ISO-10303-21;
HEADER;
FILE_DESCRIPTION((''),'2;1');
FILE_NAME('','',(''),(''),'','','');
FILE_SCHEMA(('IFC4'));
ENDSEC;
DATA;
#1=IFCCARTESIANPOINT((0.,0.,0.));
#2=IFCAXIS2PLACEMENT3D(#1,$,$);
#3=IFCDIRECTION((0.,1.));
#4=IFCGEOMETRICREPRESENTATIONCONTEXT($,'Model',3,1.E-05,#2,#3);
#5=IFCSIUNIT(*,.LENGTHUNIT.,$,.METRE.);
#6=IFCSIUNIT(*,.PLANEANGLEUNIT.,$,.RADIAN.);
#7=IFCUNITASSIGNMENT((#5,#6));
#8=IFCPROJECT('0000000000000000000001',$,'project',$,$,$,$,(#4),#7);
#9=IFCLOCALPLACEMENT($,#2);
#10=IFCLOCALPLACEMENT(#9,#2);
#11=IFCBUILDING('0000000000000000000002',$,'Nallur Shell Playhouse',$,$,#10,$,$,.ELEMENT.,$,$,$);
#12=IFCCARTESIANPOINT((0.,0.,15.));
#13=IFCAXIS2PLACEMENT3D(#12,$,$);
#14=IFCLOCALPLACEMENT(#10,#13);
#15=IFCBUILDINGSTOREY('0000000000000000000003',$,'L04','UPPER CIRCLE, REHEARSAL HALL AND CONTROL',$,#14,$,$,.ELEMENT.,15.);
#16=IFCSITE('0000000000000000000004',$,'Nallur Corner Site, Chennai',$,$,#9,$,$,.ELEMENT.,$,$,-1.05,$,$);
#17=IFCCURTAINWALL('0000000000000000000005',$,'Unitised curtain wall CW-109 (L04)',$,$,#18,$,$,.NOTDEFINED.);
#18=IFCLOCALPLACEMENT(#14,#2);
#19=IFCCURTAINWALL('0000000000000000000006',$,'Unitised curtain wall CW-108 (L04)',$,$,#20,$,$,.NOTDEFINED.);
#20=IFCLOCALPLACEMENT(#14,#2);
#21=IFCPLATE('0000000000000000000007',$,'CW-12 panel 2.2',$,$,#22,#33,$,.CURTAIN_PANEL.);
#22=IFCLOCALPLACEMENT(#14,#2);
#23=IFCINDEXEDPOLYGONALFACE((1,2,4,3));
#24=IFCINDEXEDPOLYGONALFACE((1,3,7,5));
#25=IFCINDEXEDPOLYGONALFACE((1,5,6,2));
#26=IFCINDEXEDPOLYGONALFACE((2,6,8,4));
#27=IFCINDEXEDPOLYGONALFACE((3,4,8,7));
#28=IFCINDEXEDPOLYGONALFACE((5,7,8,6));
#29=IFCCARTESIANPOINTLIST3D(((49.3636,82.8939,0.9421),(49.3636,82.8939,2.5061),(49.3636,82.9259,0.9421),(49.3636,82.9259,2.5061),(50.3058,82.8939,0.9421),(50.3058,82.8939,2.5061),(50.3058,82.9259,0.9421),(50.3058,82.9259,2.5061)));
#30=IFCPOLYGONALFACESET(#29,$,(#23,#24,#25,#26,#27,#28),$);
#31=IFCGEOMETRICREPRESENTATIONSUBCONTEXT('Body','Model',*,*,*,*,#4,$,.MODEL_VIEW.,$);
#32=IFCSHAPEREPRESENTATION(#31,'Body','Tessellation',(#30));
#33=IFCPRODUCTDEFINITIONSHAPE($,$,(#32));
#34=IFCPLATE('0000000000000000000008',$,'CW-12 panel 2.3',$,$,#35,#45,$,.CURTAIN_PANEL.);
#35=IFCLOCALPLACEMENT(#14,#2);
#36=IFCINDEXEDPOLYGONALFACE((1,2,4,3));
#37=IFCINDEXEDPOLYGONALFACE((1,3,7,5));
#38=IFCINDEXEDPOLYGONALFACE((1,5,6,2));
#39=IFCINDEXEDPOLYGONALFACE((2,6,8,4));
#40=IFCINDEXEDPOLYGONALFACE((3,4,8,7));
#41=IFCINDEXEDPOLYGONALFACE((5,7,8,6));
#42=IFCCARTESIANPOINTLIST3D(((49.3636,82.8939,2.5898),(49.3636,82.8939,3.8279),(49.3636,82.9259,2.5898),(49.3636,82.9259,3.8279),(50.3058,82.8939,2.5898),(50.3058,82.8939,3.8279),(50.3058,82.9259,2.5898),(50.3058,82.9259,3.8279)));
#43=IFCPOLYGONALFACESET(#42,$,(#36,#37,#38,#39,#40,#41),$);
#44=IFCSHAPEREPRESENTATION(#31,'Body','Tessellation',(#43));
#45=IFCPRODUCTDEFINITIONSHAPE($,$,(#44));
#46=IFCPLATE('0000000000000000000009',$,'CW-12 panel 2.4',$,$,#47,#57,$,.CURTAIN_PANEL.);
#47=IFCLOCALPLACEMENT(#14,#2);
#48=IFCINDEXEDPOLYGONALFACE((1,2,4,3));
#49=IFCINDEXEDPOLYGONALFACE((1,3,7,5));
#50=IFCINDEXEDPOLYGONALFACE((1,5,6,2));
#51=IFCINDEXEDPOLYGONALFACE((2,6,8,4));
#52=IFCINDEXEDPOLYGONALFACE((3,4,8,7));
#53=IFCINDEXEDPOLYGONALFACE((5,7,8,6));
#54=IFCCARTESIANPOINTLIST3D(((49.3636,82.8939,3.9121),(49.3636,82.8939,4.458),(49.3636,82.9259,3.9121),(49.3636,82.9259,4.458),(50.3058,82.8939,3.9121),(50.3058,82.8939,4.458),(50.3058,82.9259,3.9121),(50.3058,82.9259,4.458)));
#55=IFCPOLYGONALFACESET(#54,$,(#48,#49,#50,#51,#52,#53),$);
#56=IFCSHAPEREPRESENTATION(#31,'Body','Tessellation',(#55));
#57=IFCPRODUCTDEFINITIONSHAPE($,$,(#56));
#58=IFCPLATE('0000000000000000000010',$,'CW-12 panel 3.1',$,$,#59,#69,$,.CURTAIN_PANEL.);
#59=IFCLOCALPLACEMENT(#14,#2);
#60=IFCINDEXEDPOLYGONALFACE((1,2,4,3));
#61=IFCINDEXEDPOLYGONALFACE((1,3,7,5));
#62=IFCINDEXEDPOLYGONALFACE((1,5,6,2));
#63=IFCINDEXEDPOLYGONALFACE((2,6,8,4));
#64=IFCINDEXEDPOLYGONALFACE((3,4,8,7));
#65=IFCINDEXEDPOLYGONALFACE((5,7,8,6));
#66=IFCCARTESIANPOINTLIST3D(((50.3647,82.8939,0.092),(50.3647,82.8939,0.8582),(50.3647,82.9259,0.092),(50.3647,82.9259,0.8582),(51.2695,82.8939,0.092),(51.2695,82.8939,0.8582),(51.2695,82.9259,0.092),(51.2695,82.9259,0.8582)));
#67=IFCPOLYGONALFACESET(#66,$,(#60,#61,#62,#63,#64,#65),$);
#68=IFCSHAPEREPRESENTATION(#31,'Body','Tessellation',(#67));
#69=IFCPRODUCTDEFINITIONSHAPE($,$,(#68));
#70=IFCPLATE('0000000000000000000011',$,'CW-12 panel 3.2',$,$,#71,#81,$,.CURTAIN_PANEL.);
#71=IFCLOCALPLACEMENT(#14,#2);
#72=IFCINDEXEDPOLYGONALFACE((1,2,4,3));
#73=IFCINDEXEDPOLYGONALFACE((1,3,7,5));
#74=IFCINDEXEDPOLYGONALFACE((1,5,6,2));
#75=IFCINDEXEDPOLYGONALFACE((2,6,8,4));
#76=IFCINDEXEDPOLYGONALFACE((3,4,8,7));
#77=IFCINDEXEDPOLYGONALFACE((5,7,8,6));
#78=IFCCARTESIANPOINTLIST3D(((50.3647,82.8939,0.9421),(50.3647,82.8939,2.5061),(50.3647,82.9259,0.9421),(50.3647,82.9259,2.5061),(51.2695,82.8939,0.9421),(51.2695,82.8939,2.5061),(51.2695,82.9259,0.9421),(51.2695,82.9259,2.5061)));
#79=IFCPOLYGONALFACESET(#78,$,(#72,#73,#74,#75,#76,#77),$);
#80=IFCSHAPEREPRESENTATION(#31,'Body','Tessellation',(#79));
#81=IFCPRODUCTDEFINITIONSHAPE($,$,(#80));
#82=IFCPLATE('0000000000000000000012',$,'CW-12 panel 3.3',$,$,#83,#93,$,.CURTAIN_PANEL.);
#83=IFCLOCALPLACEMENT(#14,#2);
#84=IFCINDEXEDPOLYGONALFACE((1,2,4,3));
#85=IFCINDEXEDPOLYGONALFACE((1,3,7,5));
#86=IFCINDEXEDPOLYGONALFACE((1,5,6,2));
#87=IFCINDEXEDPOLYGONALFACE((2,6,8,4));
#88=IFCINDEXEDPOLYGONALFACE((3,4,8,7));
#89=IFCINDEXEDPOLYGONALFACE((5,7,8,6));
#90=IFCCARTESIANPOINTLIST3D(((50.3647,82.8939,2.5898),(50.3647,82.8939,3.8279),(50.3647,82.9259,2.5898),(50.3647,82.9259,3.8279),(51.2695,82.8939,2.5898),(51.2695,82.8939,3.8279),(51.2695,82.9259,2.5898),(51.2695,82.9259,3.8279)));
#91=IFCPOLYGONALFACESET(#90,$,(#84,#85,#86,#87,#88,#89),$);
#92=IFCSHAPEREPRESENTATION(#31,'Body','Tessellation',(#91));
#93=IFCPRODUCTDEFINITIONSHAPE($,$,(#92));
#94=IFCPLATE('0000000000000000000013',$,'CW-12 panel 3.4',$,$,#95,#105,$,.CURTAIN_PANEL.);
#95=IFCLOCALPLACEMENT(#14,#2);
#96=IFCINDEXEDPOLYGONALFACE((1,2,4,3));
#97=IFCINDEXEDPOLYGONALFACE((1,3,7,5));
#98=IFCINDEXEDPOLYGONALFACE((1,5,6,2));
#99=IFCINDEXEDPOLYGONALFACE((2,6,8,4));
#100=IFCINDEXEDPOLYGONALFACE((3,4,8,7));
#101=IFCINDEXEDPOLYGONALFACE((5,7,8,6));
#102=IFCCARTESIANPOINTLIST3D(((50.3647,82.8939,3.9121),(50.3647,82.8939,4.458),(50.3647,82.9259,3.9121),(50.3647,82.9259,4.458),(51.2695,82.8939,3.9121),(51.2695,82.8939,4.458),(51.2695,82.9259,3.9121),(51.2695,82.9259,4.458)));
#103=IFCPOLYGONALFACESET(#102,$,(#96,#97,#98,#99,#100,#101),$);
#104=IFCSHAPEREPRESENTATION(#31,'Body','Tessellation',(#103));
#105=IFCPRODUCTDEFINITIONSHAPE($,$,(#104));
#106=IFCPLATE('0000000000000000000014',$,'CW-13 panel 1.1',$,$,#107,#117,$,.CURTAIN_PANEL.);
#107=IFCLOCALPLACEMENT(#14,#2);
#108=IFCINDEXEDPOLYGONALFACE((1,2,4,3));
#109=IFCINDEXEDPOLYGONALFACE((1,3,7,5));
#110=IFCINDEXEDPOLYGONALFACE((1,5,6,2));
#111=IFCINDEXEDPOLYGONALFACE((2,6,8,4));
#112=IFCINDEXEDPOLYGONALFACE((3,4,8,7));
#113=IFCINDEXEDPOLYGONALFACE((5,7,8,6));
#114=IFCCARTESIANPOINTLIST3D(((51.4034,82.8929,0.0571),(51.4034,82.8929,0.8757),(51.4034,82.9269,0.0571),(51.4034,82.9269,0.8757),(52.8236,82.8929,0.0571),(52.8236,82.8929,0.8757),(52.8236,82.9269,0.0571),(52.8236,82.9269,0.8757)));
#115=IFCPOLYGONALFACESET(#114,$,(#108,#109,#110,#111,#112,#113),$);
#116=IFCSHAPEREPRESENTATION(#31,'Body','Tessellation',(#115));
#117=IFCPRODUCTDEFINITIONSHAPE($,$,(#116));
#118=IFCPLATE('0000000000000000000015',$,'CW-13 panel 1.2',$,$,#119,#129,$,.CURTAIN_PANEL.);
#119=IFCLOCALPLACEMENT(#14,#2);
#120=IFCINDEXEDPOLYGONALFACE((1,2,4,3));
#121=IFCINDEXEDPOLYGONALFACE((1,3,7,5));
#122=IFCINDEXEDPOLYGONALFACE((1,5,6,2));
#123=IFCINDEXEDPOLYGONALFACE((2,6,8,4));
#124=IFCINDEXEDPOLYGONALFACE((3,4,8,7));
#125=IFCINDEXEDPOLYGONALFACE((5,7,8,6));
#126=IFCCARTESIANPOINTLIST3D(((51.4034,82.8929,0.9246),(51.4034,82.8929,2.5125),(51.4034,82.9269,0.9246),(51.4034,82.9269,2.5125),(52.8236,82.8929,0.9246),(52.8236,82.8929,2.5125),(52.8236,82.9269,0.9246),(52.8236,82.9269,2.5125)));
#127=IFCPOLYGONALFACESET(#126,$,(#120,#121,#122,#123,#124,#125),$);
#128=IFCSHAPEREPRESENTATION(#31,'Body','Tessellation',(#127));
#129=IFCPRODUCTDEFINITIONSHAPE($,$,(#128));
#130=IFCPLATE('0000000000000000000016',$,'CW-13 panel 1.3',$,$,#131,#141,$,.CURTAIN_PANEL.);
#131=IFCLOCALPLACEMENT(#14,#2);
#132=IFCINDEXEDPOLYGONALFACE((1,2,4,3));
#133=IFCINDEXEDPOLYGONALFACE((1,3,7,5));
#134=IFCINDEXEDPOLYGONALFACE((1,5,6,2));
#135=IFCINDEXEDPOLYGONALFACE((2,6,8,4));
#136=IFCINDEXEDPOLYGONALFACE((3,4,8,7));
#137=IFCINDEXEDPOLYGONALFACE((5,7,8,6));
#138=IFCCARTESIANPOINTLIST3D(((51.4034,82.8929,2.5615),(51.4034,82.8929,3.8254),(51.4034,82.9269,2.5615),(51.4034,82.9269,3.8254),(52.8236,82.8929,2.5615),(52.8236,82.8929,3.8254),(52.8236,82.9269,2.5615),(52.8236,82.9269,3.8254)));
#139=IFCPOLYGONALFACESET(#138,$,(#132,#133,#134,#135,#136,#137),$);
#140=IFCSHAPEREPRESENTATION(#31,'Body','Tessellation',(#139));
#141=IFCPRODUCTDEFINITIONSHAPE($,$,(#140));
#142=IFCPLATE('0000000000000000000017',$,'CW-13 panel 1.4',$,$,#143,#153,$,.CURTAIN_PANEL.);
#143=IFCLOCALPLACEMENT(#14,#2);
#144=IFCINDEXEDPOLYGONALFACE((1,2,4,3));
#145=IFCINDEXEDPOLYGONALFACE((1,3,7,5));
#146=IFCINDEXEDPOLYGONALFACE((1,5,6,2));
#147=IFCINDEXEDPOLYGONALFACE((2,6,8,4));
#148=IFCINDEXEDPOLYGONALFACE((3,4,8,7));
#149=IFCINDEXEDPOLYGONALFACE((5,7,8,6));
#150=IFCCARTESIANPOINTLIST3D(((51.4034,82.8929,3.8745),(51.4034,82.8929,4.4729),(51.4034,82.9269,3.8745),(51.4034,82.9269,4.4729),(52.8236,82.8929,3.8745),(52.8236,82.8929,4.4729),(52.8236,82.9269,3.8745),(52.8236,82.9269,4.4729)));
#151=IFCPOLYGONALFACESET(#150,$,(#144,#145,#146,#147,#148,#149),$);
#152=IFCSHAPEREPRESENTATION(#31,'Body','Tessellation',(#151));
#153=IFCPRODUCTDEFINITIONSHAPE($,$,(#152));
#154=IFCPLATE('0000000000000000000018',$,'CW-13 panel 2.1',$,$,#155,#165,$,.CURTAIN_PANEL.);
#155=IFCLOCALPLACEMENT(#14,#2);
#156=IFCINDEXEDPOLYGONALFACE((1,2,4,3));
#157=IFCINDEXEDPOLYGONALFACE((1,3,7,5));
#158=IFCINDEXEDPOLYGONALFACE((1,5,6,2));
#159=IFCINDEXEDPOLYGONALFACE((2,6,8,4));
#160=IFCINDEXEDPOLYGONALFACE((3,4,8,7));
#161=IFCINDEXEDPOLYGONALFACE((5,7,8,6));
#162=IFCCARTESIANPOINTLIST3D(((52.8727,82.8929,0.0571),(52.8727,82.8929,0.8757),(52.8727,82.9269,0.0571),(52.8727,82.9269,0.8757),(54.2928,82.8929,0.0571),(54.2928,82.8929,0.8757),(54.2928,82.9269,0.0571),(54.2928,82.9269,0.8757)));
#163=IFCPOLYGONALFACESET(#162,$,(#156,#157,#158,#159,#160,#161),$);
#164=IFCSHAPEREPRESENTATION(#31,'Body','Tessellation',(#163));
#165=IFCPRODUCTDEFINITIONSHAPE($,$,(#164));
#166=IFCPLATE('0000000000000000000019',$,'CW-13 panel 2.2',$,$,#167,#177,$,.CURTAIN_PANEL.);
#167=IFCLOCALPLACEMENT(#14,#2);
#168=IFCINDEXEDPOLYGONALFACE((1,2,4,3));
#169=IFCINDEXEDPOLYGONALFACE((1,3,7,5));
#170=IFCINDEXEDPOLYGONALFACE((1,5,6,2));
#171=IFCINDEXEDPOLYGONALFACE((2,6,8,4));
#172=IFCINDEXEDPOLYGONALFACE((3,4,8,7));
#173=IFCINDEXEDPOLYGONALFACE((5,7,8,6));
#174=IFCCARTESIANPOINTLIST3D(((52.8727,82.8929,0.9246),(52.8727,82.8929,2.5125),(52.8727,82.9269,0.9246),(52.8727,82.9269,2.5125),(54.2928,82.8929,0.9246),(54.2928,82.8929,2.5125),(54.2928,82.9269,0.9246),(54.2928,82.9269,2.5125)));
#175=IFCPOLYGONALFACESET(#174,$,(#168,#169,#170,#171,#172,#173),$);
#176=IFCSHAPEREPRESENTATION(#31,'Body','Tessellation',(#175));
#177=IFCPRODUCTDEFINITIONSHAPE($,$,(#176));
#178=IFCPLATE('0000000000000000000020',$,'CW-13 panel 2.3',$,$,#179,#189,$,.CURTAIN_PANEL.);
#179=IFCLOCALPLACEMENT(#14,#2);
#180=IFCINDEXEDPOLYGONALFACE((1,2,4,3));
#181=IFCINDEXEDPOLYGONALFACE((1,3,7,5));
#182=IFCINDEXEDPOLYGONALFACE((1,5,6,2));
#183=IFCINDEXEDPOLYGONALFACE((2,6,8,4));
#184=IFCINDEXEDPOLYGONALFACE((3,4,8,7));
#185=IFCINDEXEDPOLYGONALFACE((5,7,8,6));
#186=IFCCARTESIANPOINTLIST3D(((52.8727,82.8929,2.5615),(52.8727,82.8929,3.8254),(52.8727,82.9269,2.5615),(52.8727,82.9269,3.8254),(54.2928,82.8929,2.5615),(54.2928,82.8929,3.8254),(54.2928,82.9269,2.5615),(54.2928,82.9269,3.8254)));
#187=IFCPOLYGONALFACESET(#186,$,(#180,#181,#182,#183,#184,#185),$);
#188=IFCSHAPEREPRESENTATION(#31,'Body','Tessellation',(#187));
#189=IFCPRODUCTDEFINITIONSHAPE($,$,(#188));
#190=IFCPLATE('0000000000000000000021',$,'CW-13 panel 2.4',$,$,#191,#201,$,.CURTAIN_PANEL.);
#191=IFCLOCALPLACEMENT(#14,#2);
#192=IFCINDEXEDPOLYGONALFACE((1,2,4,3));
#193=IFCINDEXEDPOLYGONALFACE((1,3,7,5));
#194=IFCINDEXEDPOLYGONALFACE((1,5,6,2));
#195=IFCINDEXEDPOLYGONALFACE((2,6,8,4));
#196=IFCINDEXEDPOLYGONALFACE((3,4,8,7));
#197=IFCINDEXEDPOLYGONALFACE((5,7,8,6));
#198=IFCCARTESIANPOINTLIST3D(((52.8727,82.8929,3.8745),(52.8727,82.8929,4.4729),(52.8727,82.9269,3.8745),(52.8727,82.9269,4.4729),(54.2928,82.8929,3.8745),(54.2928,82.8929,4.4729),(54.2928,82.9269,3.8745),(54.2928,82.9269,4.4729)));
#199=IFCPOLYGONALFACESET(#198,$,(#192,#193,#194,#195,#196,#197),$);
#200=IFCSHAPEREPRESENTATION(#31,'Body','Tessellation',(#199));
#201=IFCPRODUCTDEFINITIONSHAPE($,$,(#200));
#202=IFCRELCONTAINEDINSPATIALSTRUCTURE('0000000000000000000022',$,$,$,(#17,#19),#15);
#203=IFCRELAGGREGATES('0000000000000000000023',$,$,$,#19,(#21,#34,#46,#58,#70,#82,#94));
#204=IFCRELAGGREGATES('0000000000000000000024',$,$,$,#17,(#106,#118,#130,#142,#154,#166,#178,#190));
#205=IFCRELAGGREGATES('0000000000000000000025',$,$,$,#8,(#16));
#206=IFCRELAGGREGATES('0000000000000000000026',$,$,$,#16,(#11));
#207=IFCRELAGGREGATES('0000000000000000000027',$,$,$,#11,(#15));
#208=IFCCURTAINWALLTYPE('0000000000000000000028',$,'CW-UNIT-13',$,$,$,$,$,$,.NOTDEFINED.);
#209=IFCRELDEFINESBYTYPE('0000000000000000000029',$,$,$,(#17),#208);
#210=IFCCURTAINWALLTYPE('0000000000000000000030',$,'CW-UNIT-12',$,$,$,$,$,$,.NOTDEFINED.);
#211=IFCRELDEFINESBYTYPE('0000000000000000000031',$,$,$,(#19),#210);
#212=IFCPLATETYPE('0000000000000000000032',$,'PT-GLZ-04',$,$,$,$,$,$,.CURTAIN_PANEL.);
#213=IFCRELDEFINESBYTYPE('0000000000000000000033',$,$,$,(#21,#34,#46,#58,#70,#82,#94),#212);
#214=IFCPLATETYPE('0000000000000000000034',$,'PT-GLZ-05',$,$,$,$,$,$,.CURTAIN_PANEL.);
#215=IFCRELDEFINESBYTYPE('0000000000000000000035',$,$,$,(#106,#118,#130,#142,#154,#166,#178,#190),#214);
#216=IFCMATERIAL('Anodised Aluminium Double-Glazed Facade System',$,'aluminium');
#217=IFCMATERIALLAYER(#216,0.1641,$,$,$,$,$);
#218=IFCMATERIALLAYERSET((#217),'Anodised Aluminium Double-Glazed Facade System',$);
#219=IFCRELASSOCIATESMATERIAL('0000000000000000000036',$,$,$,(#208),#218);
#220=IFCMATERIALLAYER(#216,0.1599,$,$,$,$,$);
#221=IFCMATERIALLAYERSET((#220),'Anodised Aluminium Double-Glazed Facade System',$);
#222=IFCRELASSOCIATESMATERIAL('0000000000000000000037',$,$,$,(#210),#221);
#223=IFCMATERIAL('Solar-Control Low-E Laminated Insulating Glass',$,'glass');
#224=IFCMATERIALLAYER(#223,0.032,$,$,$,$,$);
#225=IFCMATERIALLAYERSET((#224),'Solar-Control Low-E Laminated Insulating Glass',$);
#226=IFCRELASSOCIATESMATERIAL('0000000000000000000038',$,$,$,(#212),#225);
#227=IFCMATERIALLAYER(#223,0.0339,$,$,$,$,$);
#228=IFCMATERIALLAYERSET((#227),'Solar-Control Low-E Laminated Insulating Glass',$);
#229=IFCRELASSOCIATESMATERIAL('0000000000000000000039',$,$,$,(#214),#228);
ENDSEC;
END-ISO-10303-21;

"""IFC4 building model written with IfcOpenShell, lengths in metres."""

from ifc_helpers import new_model, si_unit, direction, frame, origin, origin_2d, place, context, subcontext, project, spatial, rectangle, extrude, material, layer, layer_set, type_object, element, aggregate, save


model = new_model("IFC4")

# Units and contexts
model_context = context("Model", 3, precision=1e-05, world=origin(), true_north=direction((0.0, 1.0)))
body_context = subcontext(model_context, "Body", "Model", "MODEL_VIEW")
ifc_project = project(units=[si_unit("LENGTHUNIT", "METRE"), si_unit("PLANEANGLEUNIT", "RADIAN")], contexts=[model_context])

# Site, building, storey
site_placement = place(None, origin())
site = spatial("IfcSite", under=ifc_project, at=site_placement, Name="Nallur Corner Site, Chennai", CompositionType="ELEMENT", RefElevation=-1.05)
building_placement = place(site_placement, origin())
building = spatial("IfcBuilding", under=site, at=building_placement, Name="Nallur Shell Playhouse", CompositionType="ELEMENT")
storey_placement = place(building_placement, frame((0.0, 0.0, 15.0)))
storey = spatial("IfcBuildingStorey", under=building, at=storey_placement, Name="L04", Description="UPPER CIRCLE, REHEARSAL HALL AND CONTROL", CompositionType="ELEMENT", Elevation=15.0)

# Curtain walls
ifc_material_1 = material(Name="Anodised Aluminium Double-Glazed Facade System", Category="aluminium")
ifc_layer_1 = layer(ifc_material_1, 0.1641)
ifc_layer_set_1 = layer_set([ifc_layer_1], Name="Anodised Aluminium Double-Glazed Facade System")
curtain_wall_type_1 = type_object("IfcCurtainWallType", Name="CW-UNIT-13", PredefinedType="NOTDEFINED", material=ifc_layer_set_1)
curtain_wall_1_placement = place(storey_placement, origin())
curtain_wall_1 = element("IfcCurtainWall", 1, at=curtain_wall_1_placement, inside=storey, type_object=curtain_wall_type_1, Name="Unitised curtain wall CW-109 (L04)", PredefinedType="NOTDEFINED")
ifc_layer_2 = layer(ifc_material_1, 0.1599)
ifc_layer_set_2 = layer_set([ifc_layer_2], Name="Anodised Aluminium Double-Glazed Facade System")
curtain_wall_type_2 = type_object("IfcCurtainWallType", Name="CW-UNIT-12", PredefinedType="NOTDEFINED", material=ifc_layer_set_2)
curtain_wall_2_placement = place(storey_placement, origin())
curtain_wall_2 = element("IfcCurtainWall", 2, at=curtain_wall_2_placement, inside=storey, type_object=curtain_wall_type_2, Name="Unitised curtain wall CW-108 (L04)", PredefinedType="NOTDEFINED")

# Plates
ifc_material_2 = material(Name="Solar-Control Low-E Laminated Insulating Glass", Category="glass")
ifc_layer_3 = layer(ifc_material_2, 0.032)
ifc_layer_set_3 = layer_set([ifc_layer_3], Name="Solar-Control Low-E Laminated Insulating Glass")
plate_type_1 = type_object("IfcPlateType", Name="PT-GLZ-04", PredefinedType="CURTAIN_PANEL", material=ifc_layer_set_3)
plate_1_placement = place(storey_placement, frame((49.8347, 82.9099, 0.9421), z_axis=(0.0, 0.0, 1.0), x_axis=(1.0, 0.0, 0.0)))
plate_1 = element("IfcPlate", 3, at=plate_1_placement, type_object=plate_type_1, Name="CW-12 panel 2.2", PredefinedType="CURTAIN_PANEL", context=body_context, shape_type="SweptSolid", body=[
    extrude(rectangle(XDim=0.9421, YDim=0.032, at=origin_2d()), origin(), (0.0, 0.0, 1.0), 1.564),
])
plate_2_placement = place(storey_placement, frame((49.8347, 82.9099, 2.5898), z_axis=(0.0, 0.0, 1.0), x_axis=(1.0, 0.0, 0.0)))
plate_2 = element("IfcPlate", 4, at=plate_2_placement, type_object=plate_type_1, Name="CW-12 panel 2.3", PredefinedType="CURTAIN_PANEL", context=body_context, shape_type="SweptSolid", body=[
    extrude(rectangle(XDim=0.9421, YDim=0.032, at=origin_2d()), origin(), (0.0, 0.0, 1.0), 1.238),
])
plate_3_placement = place(storey_placement, frame((49.8347, 82.9099, 3.9121), z_axis=(0.0, 0.0, 1.0), x_axis=(1.0, 0.0, 0.0)))
plate_3 = element("IfcPlate", 5, at=plate_3_placement, type_object=plate_type_1, Name="CW-12 panel 2.4", PredefinedType="CURTAIN_PANEL", context=body_context, shape_type="SweptSolid", body=[
    extrude(rectangle(XDim=0.9421, YDim=0.032, at=origin_2d()), origin(), (0.0, 0.0, 1.0), 0.5459),
])
plate_4_placement = place(storey_placement, frame((50.8171, 82.9099, 0.092), z_axis=(0.0, 0.0, 1.0), x_axis=(1.0, 0.0, 0.0)))
plate_4 = element("IfcPlate", 6, at=plate_4_placement, type_object=plate_type_1, Name="CW-12 panel 3.1", PredefinedType="CURTAIN_PANEL", context=body_context, shape_type="SweptSolid", body=[
    extrude(rectangle(XDim=0.9048, YDim=0.032, at=origin_2d()), origin(), (0.0, 0.0, 1.0), 0.7661),
])
plate_5_placement = place(storey_placement, frame((50.8171, 82.9099, 0.9421), z_axis=(0.0, 0.0, 1.0), x_axis=(1.0, 0.0, 0.0)))
plate_5 = element("IfcPlate", 7, at=plate_5_placement, type_object=plate_type_1, Name="CW-12 panel 3.2", PredefinedType="CURTAIN_PANEL", context=body_context, shape_type="SweptSolid", body=[
    extrude(rectangle(XDim=0.9048, YDim=0.032, at=origin_2d()), origin(), (0.0, 0.0, 1.0), 1.564),
])
plate_6_placement = place(storey_placement, frame((50.8171, 82.9099, 2.5898), z_axis=(0.0, 0.0, 1.0), x_axis=(1.0, 0.0, 0.0)))
plate_6 = element("IfcPlate", 8, at=plate_6_placement, type_object=plate_type_1, Name="CW-12 panel 3.3", PredefinedType="CURTAIN_PANEL", context=body_context, shape_type="SweptSolid", body=[
    extrude(rectangle(XDim=0.9048, YDim=0.032, at=origin_2d()), origin(), (0.0, 0.0, 1.0), 1.238),
])
plate_7_placement = place(storey_placement, frame((50.8171, 82.9099, 3.9121), z_axis=(0.0, 0.0, 1.0), x_axis=(1.0, 0.0, 0.0)))
plate_7 = element("IfcPlate", 9, at=plate_7_placement, type_object=plate_type_1, Name="CW-12 panel 3.4", PredefinedType="CURTAIN_PANEL", context=body_context, shape_type="SweptSolid", body=[
    extrude(rectangle(XDim=0.9048, YDim=0.032, at=origin_2d()), origin(), (0.0, 0.0, 1.0), 0.5459),
])
aggregate(curtain_wall_2, [plate_1, plate_2, plate_3, plate_4, plate_5, plate_6, plate_7])
ifc_layer_4 = layer(ifc_material_2, 0.0339)
ifc_layer_set_4 = layer_set([ifc_layer_4], Name="Solar-Control Low-E Laminated Insulating Glass")
plate_type_2 = type_object("IfcPlateType", Name="PT-GLZ-05", PredefinedType="CURTAIN_PANEL", material=ifc_layer_set_4)
plate_8_placement = place(storey_placement, frame((52.1135, 82.9099, 0.0571), z_axis=(0.0, 0.0, 1.0), x_axis=(1.0, 0.0, 0.0)))
plate_8 = element("IfcPlate", 10, at=plate_8_placement, type_object=plate_type_2, Name="CW-13 panel 1.1", PredefinedType="CURTAIN_PANEL", context=body_context, shape_type="SweptSolid", body=[
    extrude(rectangle(XDim=1.4202, YDim=0.0339, at=origin_2d()), origin(), (0.0, 0.0, 1.0), 0.8186),
])
plate_9_placement = place(storey_placement, frame((52.1135, 82.9099, 0.9246), z_axis=(0.0, 0.0, 1.0), x_axis=(1.0, 0.0, 0.0)))
plate_9 = element("IfcPlate", 11, at=plate_9_placement, type_object=plate_type_2, Name="CW-13 panel 1.2", PredefinedType="CURTAIN_PANEL", context=body_context, shape_type="SweptSolid", body=[
    extrude(rectangle(XDim=1.4202, YDim=0.0339, at=origin_2d()), origin(), (0.0, 0.0, 1.0), 1.5879),
])
plate_10_placement = place(storey_placement, frame((52.1135, 82.9099, 2.5615), z_axis=(0.0, 0.0, 1.0), x_axis=(1.0, 0.0, 0.0)))
plate_10 = element("IfcPlate", 12, at=plate_10_placement, type_object=plate_type_2, Name="CW-13 panel 1.3", PredefinedType="CURTAIN_PANEL", context=body_context, shape_type="SweptSolid", body=[
    extrude(rectangle(XDim=1.4202, YDim=0.0339, at=origin_2d()), origin(), (0.0, 0.0, 1.0), 1.2639),
])
plate_11_placement = place(storey_placement, frame((52.1135, 82.9099, 3.8745), z_axis=(0.0, 0.0, 1.0), x_axis=(1.0, 0.0, 0.0)))
plate_11 = element("IfcPlate", 13, at=plate_11_placement, type_object=plate_type_2, Name="CW-13 panel 1.4", PredefinedType="CURTAIN_PANEL", context=body_context, shape_type="SweptSolid", body=[
    extrude(rectangle(XDim=1.4202, YDim=0.0339, at=origin_2d()), origin(), (0.0, 0.0, 1.0), 0.5984),
])
plate_12_placement = place(storey_placement, frame((53.5828, 82.9099, 0.0571), z_axis=(0.0, 0.0, 1.0), x_axis=(1.0, 0.0, 0.0)))
plate_12 = element("IfcPlate", 14, at=plate_12_placement, type_object=plate_type_2, Name="CW-13 panel 2.1", PredefinedType="CURTAIN_PANEL", context=body_context, shape_type="SweptSolid", body=[
    extrude(rectangle(XDim=1.4202, YDim=0.0339, at=origin_2d()), origin(), (0.0, 0.0, 1.0), 0.8186),
])
plate_13_placement = place(storey_placement, frame((53.5828, 82.9099, 0.9246), z_axis=(0.0, 0.0, 1.0), x_axis=(1.0, 0.0, 0.0)))
plate_13 = element("IfcPlate", 15, at=plate_13_placement, type_object=plate_type_2, Name="CW-13 panel 2.2", PredefinedType="CURTAIN_PANEL", context=body_context, shape_type="SweptSolid", body=[
    extrude(rectangle(XDim=1.4202, YDim=0.0339, at=origin_2d()), origin(), (0.0, 0.0, 1.0), 1.5879),
])
plate_14_placement = place(storey_placement, frame((53.5828, 82.9099, 2.5615), z_axis=(0.0, 0.0, 1.0), x_axis=(1.0, 0.0, 0.0)))
plate_14 = element("IfcPlate", 16, at=plate_14_placement, type_object=plate_type_2, Name="CW-13 panel 2.3", PredefinedType="CURTAIN_PANEL", context=body_context, shape_type="SweptSolid", body=[
    extrude(rectangle(XDim=1.4202, YDim=0.0339, at=origin_2d()), origin(), (0.0, 0.0, 1.0), 1.2639),
])
plate_15_placement = place(storey_placement, frame((53.5828, 82.9099, 3.8745), z_axis=(0.0, 0.0, 1.0), x_axis=(1.0, 0.0, 0.0)))
plate_15 = element("IfcPlate", 17, at=plate_15_placement, type_object=plate_type_2, Name="CW-13 panel 2.4", PredefinedType="CURTAIN_PANEL", context=body_context, shape_type="SweptSolid", body=[
    extrude(rectangle(XDim=1.4202, YDim=0.0339, at=origin_2d()), origin(), (0.0, 0.0, 1.0), 0.5984),
])
aggregate(curtain_wall_1, [plate_8, plate_9, plate_10, plate_11, plate_12, plate_13, plate_14, plate_15])

save(model, "model.ifc")
